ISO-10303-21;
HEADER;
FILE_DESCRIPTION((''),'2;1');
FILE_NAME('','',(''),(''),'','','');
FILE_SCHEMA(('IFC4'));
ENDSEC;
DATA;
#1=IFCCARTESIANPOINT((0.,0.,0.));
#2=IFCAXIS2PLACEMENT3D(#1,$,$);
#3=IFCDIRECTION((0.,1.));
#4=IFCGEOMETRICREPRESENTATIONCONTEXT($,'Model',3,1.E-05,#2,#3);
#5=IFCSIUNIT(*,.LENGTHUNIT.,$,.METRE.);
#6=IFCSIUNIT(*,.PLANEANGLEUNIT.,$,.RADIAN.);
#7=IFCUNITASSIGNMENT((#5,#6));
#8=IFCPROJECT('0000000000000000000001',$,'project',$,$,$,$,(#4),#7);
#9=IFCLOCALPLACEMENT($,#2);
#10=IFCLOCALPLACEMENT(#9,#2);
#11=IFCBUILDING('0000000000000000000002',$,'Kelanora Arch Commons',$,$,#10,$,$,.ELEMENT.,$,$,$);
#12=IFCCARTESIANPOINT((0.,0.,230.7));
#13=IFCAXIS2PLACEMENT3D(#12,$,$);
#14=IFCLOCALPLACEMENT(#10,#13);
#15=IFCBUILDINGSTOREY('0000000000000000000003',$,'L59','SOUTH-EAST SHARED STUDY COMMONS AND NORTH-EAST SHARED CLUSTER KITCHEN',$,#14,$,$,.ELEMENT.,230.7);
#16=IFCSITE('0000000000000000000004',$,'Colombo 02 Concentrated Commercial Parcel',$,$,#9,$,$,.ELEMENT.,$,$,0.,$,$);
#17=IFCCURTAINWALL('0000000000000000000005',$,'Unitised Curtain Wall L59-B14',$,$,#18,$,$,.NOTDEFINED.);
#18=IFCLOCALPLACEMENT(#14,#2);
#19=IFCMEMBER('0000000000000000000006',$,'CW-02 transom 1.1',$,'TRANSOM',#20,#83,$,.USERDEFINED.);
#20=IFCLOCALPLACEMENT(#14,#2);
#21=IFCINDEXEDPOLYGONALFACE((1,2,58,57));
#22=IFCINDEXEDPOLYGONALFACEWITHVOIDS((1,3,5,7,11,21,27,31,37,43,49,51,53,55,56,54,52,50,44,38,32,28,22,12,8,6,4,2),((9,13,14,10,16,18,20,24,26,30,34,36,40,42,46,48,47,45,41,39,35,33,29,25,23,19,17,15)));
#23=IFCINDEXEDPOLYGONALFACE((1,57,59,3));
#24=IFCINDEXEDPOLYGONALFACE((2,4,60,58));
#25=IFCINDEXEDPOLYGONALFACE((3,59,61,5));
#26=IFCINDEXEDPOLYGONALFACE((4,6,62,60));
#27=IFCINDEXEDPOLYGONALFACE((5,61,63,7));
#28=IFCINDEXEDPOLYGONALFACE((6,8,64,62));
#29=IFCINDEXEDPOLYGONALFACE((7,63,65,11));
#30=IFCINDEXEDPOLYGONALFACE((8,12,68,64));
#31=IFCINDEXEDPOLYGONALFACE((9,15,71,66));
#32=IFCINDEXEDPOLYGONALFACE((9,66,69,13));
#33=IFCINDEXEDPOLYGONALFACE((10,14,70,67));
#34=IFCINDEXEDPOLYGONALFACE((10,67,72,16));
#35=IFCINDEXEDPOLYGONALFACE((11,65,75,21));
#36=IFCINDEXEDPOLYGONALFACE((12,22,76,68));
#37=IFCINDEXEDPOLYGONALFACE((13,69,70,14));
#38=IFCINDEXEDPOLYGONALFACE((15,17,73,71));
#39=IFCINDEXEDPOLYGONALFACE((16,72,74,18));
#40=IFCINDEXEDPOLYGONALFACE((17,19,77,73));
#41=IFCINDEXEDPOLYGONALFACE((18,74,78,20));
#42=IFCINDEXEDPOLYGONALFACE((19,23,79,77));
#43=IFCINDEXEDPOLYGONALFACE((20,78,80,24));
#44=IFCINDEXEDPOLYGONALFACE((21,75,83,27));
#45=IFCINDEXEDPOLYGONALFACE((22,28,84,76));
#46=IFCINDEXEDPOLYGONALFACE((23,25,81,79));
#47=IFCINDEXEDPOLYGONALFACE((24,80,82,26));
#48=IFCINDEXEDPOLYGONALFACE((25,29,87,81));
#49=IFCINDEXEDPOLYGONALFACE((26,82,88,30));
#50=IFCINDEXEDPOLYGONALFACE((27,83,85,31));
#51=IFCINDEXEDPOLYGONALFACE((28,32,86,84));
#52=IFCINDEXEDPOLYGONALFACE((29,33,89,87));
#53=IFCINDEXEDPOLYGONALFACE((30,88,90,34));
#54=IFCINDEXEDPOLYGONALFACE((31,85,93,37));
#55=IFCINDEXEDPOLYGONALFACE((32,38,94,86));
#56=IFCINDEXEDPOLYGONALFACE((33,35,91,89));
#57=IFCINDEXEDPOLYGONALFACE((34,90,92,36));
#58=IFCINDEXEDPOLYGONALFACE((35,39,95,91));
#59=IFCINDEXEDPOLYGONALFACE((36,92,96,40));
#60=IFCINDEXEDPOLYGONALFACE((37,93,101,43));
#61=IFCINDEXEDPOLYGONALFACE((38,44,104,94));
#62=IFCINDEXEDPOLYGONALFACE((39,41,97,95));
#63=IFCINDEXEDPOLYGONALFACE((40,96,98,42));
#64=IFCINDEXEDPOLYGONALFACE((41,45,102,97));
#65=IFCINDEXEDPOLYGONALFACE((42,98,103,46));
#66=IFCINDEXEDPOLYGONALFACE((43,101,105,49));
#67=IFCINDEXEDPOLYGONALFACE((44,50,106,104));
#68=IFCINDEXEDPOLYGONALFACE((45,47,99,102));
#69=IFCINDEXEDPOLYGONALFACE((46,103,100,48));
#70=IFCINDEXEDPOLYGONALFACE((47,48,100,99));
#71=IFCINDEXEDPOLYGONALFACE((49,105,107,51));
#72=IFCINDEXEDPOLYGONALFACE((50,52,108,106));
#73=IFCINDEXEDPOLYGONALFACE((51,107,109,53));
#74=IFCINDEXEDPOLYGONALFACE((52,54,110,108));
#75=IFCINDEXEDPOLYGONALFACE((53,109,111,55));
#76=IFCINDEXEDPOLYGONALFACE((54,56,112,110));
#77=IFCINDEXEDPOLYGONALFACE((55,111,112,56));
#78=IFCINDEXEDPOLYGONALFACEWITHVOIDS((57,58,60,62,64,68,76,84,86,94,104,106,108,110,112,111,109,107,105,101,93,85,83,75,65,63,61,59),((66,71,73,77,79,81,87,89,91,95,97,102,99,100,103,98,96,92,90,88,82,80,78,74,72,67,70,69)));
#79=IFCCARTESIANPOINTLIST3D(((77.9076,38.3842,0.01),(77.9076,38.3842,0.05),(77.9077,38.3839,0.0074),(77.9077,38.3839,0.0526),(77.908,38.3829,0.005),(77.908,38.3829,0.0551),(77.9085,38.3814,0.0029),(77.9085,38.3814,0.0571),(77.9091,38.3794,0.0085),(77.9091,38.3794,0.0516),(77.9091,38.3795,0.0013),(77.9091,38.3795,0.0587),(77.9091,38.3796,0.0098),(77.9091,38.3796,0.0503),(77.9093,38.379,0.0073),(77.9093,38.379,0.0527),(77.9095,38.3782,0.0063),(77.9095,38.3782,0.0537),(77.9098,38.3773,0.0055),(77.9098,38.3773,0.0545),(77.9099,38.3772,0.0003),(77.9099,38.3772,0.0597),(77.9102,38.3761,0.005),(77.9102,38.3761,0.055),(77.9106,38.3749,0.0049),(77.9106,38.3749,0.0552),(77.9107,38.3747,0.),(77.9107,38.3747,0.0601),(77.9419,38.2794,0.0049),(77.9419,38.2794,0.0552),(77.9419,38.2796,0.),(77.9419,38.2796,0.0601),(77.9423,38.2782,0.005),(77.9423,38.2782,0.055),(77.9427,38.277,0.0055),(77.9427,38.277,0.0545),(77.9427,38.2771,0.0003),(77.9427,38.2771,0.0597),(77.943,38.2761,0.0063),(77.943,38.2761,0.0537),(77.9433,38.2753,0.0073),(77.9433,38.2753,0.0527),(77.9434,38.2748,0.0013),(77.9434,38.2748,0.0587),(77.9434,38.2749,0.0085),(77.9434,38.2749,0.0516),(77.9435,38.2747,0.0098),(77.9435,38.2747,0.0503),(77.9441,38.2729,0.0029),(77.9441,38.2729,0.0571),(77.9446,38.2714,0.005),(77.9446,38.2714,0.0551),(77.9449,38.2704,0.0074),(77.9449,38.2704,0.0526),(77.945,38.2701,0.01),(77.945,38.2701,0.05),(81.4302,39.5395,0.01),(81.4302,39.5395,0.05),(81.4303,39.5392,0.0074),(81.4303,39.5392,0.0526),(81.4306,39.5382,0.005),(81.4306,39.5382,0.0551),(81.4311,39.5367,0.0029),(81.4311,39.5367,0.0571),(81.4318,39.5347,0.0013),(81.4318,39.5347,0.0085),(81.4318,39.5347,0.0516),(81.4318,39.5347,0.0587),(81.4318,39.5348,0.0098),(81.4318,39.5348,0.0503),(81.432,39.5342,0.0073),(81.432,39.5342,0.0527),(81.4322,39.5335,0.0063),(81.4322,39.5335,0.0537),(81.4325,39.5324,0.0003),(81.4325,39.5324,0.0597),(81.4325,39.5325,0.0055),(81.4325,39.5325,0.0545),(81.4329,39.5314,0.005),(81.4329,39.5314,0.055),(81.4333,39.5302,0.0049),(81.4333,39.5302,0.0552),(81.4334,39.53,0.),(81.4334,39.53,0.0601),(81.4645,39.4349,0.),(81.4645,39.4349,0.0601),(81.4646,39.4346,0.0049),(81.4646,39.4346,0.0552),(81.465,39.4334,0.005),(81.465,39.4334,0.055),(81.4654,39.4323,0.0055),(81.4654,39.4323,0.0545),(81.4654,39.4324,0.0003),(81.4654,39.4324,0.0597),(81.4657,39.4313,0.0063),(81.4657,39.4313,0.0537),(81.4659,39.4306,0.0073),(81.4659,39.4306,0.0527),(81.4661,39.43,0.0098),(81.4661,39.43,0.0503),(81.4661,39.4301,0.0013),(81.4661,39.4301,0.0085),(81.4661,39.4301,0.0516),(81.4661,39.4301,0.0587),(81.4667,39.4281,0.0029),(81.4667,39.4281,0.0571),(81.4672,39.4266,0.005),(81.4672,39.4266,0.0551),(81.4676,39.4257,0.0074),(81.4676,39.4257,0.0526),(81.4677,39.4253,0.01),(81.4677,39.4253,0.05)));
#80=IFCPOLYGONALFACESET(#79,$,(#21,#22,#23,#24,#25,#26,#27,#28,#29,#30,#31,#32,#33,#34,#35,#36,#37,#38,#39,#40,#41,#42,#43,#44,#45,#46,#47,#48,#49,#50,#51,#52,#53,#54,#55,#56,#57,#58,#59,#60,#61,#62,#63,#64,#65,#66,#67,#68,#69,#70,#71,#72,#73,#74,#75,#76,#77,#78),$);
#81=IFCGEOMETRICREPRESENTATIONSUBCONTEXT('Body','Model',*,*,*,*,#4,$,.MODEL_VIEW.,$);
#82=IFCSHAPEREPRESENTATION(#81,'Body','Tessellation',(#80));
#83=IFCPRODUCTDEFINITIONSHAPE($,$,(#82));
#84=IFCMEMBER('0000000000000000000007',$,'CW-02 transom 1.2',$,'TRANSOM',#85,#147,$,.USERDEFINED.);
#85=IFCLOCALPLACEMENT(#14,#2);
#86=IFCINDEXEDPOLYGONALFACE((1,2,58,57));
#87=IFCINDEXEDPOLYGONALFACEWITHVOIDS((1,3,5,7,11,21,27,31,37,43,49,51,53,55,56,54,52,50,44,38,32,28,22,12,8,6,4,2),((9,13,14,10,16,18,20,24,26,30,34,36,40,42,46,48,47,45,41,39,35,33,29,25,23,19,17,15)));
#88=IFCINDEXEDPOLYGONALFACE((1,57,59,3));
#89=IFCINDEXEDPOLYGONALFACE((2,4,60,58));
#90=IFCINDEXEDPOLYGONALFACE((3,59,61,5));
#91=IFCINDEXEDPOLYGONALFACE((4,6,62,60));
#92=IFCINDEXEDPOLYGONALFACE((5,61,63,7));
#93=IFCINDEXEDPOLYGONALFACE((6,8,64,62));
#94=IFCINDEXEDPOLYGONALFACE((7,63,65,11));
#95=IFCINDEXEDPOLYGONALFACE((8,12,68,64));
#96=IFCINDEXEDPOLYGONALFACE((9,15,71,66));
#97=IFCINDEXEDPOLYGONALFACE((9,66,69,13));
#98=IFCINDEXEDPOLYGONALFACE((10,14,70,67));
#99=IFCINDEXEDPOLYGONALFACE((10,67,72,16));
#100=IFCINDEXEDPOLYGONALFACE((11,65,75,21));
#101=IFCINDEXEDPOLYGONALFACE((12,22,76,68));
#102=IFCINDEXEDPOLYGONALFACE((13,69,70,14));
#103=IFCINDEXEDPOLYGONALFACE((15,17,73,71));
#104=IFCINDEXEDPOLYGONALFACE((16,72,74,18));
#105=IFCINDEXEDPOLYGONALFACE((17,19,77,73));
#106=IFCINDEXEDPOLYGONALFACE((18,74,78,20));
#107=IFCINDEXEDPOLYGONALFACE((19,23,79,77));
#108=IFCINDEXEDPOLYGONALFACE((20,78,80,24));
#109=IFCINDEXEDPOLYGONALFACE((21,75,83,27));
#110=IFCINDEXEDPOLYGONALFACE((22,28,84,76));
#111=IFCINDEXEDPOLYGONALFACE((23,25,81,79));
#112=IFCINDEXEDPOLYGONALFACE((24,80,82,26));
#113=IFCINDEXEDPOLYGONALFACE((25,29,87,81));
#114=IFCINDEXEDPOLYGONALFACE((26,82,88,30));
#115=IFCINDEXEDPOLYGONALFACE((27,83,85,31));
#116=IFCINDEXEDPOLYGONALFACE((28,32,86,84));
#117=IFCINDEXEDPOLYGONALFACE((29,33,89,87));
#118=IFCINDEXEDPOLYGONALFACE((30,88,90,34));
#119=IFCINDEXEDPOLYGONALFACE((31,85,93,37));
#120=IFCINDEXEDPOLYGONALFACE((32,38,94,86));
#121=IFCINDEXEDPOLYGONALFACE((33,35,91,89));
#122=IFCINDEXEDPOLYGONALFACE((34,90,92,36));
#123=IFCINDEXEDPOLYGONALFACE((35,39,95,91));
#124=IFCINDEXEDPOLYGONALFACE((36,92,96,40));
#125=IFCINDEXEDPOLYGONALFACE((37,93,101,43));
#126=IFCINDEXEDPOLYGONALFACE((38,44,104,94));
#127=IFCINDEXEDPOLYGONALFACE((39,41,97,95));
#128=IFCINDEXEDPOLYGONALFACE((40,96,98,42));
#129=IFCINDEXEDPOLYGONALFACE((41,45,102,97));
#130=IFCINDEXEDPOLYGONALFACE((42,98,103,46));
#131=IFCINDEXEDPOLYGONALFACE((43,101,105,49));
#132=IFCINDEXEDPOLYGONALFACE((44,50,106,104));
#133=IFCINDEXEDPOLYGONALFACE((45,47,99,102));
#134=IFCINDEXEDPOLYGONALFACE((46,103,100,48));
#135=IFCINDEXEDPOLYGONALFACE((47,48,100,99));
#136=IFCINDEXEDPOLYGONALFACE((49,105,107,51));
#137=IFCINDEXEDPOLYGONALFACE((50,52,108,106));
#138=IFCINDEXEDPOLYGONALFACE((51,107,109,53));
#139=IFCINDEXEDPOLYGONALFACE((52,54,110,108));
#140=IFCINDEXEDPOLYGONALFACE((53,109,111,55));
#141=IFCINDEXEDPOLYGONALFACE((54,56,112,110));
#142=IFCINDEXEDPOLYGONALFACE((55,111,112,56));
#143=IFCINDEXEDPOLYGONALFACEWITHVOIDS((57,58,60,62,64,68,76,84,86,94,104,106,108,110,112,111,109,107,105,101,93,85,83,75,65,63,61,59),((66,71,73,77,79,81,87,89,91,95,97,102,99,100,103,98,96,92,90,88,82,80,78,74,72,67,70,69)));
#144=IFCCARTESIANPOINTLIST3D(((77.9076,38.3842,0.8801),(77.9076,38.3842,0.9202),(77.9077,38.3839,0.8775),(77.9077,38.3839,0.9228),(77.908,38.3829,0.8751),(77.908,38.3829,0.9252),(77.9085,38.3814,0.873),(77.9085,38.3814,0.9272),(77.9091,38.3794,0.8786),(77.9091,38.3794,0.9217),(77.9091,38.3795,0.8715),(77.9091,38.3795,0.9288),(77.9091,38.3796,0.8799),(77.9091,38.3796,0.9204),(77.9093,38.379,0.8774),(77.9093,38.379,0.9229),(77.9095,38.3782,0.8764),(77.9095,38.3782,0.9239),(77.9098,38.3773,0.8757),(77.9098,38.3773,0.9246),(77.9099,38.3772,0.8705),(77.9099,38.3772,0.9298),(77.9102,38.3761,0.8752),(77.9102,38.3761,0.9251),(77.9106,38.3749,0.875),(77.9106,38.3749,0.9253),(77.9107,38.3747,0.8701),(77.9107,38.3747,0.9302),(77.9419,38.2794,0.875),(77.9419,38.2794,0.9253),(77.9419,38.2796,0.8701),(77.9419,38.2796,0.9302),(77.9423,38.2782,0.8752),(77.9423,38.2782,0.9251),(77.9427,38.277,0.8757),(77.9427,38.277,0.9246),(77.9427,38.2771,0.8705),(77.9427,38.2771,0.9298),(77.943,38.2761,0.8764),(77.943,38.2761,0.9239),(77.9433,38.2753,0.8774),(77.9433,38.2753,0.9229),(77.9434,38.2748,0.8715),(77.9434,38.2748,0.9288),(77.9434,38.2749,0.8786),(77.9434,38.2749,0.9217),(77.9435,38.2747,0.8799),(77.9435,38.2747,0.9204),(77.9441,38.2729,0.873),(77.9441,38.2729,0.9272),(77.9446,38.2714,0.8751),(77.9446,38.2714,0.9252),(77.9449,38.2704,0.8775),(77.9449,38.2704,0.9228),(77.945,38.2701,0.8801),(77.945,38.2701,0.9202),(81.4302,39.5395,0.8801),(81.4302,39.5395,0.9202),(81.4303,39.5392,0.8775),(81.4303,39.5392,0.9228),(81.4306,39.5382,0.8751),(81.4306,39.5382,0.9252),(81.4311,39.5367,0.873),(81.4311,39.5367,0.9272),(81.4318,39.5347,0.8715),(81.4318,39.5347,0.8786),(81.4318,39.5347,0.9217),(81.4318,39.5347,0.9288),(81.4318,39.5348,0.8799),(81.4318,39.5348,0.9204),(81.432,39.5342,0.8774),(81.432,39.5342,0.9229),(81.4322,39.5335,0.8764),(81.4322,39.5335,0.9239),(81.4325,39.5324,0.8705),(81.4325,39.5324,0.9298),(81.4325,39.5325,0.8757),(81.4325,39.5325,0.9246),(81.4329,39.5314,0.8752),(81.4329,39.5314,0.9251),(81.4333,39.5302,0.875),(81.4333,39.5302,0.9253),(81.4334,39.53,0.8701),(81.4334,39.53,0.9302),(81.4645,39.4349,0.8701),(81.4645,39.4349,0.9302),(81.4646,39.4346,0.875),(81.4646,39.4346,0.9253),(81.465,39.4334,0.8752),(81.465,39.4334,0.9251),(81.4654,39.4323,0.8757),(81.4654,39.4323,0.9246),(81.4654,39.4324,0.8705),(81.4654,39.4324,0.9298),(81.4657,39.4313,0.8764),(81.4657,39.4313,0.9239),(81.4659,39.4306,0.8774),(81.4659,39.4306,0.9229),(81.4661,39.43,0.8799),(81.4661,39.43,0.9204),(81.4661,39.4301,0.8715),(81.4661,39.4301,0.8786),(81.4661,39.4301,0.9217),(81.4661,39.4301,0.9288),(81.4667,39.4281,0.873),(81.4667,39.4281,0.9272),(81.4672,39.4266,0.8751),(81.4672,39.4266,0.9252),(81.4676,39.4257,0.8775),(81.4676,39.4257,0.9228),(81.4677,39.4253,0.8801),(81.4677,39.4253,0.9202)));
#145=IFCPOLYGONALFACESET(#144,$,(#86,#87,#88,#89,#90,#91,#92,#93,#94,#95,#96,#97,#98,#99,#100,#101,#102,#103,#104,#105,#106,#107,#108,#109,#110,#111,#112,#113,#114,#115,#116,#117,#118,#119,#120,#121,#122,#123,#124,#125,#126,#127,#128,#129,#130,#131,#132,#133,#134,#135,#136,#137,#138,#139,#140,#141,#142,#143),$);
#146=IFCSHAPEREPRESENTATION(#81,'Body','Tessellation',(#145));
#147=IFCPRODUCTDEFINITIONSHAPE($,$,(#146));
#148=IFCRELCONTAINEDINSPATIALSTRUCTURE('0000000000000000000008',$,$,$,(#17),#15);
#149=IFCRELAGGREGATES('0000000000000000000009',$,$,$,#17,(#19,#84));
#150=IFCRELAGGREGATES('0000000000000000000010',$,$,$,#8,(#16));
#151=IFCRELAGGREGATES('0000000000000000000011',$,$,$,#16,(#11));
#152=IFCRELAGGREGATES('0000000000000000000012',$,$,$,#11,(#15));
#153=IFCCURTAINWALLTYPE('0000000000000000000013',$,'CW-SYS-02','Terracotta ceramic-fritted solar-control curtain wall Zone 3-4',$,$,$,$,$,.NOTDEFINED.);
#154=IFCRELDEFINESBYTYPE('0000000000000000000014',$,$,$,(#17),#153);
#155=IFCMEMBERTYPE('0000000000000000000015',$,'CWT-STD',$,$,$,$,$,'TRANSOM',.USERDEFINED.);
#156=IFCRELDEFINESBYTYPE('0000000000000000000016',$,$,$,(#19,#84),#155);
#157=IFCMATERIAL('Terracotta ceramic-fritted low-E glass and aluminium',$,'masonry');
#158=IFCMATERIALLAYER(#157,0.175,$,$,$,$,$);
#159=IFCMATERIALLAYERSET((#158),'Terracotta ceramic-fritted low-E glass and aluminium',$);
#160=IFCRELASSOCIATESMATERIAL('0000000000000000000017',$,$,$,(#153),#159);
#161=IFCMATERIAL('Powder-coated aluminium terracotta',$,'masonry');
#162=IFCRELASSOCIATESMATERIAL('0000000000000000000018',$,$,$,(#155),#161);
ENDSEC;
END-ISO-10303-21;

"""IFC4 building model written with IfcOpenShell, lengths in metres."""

from ifc_helpers import new_model, si_unit, direction, frame, origin, origin_2d, place, context, subcontext, project, spatial, hollow_rectangle, extrude, material, layer, layer_set, material_profile, profile_set, type_object, element, aggregate, save


model = new_model("IFC4")

# Units and contexts
model_context = context("Model", 3, precision=1e-05, world=origin(), true_north=direction((0.0, 1.0)))
body_context = subcontext(model_context, "Body", "Model", "MODEL_VIEW")
ifc_project = project(units=[si_unit("LENGTHUNIT", "METRE"), si_unit("PLANEANGLEUNIT", "RADIAN")], contexts=[model_context])

# Site, building, storey
site_placement = place(None, origin())
site = spatial("IfcSite", under=ifc_project, at=site_placement, Name="Colombo 02 Concentrated Commercial Parcel", CompositionType="ELEMENT", RefElevation=0.0)
building_placement = place(site_placement, origin())
building = spatial("IfcBuilding", under=site, at=building_placement, Name="Kelanora Arch Commons", CompositionType="ELEMENT")
storey_placement = place(building_placement, frame((0.0, 0.0, 230.7)))
storey = spatial("IfcBuildingStorey", under=building, at=storey_placement, Name="L59", Description="SOUTH-EAST SHARED STUDY COMMONS AND NORTH-EAST SHARED CLUSTER KITCHEN", CompositionType="ELEMENT", Elevation=230.7)

# Curtain wall, members
ifc_material_1 = material(Name="Terracotta ceramic-fritted low-E glass and aluminium", Category="masonry")
ifc_layer_1 = layer(ifc_material_1, 0.175)
ifc_layer_set_1 = layer_set([ifc_layer_1], Name="Terracotta ceramic-fritted low-E glass and aluminium")
curtain_wall_type = type_object("IfcCurtainWallType", Name="CW-SYS-02", Description="Terracotta ceramic-fritted solar-control curtain wall Zone 3-4", PredefinedType="NOTDEFINED", material=ifc_layer_set_1)
curtain_wall_placement = place(storey_placement, origin())
curtain_wall = element("IfcCurtainWall", 1, at=curtain_wall_placement, inside=storey, type_object=curtain_wall_type, Name="Unitised Curtain Wall L59-B14", PredefinedType="NOTDEFINED")
ifc_material_2 = material(Name="Powder-coated aluminium terracotta", Category="masonry")
ifc_material_profile_1 = material_profile(ifc_material_2, hollow_rectangle(XDim=0.1201, YDim=0.0601, WallThickness=0.0049, InnerFilletRadius=0.0049, OuterFilletRadius=0.01, at=origin_2d()), Name="CWT120x60")
ifc_profile_set_1 = profile_set([ifc_material_profile_1], Name="Powder-coated aluminium terracotta")
member_type_1 = type_object("IfcMemberType", Name="CWT-STD", ElementType="TRANSOM", PredefinedType="USERDEFINED", material=ifc_profile_set_1)
member_1_placement = place(storey_placement, frame((77.9263, 38.3271, 0.03), z_axis=(0.950207, 0.311621, 0.0), x_axis=(-0.311621, 0.950207, 0.0)))
member_1 = element("IfcMember", 2, at=member_1_placement, type_object=member_type_1, Name="CW-02 transom 1.1", ObjectType="TRANSOM", PredefinedType="USERDEFINED", context=body_context, shape_type="SweptSolid", body=[
    extrude(hollow_rectangle(XDim=0.1201, YDim=0.0601, WallThickness=0.0049, InnerFilletRadius=0.0049, OuterFilletRadius=0.01, at=origin_2d()), origin(), (0.0, 0.0, 1.0), 3.7073),
])
member_2_placement = place(storey_placement, frame((77.9263, 38.3271, 0.9001), z_axis=(0.950207, 0.311621, 0.0), x_axis=(-0.311621, 0.950207, 0.0)))
member_2 = element("IfcMember", 3, at=member_2_placement, type_object=member_type_1, Name="CW-02 transom 1.2", ObjectType="TRANSOM", PredefinedType="USERDEFINED", context=body_context, shape_type="SweptSolid", body=[
    extrude(hollow_rectangle(XDim=0.1201, YDim=0.0601, WallThickness=0.0049, InnerFilletRadius=0.0049, OuterFilletRadius=0.01, at=origin_2d()), origin(), (0.0, 0.0, 1.0), 3.7073),
])
aggregate(curtain_wall, [member_1, member_2])

save(model, "model.ifc")
